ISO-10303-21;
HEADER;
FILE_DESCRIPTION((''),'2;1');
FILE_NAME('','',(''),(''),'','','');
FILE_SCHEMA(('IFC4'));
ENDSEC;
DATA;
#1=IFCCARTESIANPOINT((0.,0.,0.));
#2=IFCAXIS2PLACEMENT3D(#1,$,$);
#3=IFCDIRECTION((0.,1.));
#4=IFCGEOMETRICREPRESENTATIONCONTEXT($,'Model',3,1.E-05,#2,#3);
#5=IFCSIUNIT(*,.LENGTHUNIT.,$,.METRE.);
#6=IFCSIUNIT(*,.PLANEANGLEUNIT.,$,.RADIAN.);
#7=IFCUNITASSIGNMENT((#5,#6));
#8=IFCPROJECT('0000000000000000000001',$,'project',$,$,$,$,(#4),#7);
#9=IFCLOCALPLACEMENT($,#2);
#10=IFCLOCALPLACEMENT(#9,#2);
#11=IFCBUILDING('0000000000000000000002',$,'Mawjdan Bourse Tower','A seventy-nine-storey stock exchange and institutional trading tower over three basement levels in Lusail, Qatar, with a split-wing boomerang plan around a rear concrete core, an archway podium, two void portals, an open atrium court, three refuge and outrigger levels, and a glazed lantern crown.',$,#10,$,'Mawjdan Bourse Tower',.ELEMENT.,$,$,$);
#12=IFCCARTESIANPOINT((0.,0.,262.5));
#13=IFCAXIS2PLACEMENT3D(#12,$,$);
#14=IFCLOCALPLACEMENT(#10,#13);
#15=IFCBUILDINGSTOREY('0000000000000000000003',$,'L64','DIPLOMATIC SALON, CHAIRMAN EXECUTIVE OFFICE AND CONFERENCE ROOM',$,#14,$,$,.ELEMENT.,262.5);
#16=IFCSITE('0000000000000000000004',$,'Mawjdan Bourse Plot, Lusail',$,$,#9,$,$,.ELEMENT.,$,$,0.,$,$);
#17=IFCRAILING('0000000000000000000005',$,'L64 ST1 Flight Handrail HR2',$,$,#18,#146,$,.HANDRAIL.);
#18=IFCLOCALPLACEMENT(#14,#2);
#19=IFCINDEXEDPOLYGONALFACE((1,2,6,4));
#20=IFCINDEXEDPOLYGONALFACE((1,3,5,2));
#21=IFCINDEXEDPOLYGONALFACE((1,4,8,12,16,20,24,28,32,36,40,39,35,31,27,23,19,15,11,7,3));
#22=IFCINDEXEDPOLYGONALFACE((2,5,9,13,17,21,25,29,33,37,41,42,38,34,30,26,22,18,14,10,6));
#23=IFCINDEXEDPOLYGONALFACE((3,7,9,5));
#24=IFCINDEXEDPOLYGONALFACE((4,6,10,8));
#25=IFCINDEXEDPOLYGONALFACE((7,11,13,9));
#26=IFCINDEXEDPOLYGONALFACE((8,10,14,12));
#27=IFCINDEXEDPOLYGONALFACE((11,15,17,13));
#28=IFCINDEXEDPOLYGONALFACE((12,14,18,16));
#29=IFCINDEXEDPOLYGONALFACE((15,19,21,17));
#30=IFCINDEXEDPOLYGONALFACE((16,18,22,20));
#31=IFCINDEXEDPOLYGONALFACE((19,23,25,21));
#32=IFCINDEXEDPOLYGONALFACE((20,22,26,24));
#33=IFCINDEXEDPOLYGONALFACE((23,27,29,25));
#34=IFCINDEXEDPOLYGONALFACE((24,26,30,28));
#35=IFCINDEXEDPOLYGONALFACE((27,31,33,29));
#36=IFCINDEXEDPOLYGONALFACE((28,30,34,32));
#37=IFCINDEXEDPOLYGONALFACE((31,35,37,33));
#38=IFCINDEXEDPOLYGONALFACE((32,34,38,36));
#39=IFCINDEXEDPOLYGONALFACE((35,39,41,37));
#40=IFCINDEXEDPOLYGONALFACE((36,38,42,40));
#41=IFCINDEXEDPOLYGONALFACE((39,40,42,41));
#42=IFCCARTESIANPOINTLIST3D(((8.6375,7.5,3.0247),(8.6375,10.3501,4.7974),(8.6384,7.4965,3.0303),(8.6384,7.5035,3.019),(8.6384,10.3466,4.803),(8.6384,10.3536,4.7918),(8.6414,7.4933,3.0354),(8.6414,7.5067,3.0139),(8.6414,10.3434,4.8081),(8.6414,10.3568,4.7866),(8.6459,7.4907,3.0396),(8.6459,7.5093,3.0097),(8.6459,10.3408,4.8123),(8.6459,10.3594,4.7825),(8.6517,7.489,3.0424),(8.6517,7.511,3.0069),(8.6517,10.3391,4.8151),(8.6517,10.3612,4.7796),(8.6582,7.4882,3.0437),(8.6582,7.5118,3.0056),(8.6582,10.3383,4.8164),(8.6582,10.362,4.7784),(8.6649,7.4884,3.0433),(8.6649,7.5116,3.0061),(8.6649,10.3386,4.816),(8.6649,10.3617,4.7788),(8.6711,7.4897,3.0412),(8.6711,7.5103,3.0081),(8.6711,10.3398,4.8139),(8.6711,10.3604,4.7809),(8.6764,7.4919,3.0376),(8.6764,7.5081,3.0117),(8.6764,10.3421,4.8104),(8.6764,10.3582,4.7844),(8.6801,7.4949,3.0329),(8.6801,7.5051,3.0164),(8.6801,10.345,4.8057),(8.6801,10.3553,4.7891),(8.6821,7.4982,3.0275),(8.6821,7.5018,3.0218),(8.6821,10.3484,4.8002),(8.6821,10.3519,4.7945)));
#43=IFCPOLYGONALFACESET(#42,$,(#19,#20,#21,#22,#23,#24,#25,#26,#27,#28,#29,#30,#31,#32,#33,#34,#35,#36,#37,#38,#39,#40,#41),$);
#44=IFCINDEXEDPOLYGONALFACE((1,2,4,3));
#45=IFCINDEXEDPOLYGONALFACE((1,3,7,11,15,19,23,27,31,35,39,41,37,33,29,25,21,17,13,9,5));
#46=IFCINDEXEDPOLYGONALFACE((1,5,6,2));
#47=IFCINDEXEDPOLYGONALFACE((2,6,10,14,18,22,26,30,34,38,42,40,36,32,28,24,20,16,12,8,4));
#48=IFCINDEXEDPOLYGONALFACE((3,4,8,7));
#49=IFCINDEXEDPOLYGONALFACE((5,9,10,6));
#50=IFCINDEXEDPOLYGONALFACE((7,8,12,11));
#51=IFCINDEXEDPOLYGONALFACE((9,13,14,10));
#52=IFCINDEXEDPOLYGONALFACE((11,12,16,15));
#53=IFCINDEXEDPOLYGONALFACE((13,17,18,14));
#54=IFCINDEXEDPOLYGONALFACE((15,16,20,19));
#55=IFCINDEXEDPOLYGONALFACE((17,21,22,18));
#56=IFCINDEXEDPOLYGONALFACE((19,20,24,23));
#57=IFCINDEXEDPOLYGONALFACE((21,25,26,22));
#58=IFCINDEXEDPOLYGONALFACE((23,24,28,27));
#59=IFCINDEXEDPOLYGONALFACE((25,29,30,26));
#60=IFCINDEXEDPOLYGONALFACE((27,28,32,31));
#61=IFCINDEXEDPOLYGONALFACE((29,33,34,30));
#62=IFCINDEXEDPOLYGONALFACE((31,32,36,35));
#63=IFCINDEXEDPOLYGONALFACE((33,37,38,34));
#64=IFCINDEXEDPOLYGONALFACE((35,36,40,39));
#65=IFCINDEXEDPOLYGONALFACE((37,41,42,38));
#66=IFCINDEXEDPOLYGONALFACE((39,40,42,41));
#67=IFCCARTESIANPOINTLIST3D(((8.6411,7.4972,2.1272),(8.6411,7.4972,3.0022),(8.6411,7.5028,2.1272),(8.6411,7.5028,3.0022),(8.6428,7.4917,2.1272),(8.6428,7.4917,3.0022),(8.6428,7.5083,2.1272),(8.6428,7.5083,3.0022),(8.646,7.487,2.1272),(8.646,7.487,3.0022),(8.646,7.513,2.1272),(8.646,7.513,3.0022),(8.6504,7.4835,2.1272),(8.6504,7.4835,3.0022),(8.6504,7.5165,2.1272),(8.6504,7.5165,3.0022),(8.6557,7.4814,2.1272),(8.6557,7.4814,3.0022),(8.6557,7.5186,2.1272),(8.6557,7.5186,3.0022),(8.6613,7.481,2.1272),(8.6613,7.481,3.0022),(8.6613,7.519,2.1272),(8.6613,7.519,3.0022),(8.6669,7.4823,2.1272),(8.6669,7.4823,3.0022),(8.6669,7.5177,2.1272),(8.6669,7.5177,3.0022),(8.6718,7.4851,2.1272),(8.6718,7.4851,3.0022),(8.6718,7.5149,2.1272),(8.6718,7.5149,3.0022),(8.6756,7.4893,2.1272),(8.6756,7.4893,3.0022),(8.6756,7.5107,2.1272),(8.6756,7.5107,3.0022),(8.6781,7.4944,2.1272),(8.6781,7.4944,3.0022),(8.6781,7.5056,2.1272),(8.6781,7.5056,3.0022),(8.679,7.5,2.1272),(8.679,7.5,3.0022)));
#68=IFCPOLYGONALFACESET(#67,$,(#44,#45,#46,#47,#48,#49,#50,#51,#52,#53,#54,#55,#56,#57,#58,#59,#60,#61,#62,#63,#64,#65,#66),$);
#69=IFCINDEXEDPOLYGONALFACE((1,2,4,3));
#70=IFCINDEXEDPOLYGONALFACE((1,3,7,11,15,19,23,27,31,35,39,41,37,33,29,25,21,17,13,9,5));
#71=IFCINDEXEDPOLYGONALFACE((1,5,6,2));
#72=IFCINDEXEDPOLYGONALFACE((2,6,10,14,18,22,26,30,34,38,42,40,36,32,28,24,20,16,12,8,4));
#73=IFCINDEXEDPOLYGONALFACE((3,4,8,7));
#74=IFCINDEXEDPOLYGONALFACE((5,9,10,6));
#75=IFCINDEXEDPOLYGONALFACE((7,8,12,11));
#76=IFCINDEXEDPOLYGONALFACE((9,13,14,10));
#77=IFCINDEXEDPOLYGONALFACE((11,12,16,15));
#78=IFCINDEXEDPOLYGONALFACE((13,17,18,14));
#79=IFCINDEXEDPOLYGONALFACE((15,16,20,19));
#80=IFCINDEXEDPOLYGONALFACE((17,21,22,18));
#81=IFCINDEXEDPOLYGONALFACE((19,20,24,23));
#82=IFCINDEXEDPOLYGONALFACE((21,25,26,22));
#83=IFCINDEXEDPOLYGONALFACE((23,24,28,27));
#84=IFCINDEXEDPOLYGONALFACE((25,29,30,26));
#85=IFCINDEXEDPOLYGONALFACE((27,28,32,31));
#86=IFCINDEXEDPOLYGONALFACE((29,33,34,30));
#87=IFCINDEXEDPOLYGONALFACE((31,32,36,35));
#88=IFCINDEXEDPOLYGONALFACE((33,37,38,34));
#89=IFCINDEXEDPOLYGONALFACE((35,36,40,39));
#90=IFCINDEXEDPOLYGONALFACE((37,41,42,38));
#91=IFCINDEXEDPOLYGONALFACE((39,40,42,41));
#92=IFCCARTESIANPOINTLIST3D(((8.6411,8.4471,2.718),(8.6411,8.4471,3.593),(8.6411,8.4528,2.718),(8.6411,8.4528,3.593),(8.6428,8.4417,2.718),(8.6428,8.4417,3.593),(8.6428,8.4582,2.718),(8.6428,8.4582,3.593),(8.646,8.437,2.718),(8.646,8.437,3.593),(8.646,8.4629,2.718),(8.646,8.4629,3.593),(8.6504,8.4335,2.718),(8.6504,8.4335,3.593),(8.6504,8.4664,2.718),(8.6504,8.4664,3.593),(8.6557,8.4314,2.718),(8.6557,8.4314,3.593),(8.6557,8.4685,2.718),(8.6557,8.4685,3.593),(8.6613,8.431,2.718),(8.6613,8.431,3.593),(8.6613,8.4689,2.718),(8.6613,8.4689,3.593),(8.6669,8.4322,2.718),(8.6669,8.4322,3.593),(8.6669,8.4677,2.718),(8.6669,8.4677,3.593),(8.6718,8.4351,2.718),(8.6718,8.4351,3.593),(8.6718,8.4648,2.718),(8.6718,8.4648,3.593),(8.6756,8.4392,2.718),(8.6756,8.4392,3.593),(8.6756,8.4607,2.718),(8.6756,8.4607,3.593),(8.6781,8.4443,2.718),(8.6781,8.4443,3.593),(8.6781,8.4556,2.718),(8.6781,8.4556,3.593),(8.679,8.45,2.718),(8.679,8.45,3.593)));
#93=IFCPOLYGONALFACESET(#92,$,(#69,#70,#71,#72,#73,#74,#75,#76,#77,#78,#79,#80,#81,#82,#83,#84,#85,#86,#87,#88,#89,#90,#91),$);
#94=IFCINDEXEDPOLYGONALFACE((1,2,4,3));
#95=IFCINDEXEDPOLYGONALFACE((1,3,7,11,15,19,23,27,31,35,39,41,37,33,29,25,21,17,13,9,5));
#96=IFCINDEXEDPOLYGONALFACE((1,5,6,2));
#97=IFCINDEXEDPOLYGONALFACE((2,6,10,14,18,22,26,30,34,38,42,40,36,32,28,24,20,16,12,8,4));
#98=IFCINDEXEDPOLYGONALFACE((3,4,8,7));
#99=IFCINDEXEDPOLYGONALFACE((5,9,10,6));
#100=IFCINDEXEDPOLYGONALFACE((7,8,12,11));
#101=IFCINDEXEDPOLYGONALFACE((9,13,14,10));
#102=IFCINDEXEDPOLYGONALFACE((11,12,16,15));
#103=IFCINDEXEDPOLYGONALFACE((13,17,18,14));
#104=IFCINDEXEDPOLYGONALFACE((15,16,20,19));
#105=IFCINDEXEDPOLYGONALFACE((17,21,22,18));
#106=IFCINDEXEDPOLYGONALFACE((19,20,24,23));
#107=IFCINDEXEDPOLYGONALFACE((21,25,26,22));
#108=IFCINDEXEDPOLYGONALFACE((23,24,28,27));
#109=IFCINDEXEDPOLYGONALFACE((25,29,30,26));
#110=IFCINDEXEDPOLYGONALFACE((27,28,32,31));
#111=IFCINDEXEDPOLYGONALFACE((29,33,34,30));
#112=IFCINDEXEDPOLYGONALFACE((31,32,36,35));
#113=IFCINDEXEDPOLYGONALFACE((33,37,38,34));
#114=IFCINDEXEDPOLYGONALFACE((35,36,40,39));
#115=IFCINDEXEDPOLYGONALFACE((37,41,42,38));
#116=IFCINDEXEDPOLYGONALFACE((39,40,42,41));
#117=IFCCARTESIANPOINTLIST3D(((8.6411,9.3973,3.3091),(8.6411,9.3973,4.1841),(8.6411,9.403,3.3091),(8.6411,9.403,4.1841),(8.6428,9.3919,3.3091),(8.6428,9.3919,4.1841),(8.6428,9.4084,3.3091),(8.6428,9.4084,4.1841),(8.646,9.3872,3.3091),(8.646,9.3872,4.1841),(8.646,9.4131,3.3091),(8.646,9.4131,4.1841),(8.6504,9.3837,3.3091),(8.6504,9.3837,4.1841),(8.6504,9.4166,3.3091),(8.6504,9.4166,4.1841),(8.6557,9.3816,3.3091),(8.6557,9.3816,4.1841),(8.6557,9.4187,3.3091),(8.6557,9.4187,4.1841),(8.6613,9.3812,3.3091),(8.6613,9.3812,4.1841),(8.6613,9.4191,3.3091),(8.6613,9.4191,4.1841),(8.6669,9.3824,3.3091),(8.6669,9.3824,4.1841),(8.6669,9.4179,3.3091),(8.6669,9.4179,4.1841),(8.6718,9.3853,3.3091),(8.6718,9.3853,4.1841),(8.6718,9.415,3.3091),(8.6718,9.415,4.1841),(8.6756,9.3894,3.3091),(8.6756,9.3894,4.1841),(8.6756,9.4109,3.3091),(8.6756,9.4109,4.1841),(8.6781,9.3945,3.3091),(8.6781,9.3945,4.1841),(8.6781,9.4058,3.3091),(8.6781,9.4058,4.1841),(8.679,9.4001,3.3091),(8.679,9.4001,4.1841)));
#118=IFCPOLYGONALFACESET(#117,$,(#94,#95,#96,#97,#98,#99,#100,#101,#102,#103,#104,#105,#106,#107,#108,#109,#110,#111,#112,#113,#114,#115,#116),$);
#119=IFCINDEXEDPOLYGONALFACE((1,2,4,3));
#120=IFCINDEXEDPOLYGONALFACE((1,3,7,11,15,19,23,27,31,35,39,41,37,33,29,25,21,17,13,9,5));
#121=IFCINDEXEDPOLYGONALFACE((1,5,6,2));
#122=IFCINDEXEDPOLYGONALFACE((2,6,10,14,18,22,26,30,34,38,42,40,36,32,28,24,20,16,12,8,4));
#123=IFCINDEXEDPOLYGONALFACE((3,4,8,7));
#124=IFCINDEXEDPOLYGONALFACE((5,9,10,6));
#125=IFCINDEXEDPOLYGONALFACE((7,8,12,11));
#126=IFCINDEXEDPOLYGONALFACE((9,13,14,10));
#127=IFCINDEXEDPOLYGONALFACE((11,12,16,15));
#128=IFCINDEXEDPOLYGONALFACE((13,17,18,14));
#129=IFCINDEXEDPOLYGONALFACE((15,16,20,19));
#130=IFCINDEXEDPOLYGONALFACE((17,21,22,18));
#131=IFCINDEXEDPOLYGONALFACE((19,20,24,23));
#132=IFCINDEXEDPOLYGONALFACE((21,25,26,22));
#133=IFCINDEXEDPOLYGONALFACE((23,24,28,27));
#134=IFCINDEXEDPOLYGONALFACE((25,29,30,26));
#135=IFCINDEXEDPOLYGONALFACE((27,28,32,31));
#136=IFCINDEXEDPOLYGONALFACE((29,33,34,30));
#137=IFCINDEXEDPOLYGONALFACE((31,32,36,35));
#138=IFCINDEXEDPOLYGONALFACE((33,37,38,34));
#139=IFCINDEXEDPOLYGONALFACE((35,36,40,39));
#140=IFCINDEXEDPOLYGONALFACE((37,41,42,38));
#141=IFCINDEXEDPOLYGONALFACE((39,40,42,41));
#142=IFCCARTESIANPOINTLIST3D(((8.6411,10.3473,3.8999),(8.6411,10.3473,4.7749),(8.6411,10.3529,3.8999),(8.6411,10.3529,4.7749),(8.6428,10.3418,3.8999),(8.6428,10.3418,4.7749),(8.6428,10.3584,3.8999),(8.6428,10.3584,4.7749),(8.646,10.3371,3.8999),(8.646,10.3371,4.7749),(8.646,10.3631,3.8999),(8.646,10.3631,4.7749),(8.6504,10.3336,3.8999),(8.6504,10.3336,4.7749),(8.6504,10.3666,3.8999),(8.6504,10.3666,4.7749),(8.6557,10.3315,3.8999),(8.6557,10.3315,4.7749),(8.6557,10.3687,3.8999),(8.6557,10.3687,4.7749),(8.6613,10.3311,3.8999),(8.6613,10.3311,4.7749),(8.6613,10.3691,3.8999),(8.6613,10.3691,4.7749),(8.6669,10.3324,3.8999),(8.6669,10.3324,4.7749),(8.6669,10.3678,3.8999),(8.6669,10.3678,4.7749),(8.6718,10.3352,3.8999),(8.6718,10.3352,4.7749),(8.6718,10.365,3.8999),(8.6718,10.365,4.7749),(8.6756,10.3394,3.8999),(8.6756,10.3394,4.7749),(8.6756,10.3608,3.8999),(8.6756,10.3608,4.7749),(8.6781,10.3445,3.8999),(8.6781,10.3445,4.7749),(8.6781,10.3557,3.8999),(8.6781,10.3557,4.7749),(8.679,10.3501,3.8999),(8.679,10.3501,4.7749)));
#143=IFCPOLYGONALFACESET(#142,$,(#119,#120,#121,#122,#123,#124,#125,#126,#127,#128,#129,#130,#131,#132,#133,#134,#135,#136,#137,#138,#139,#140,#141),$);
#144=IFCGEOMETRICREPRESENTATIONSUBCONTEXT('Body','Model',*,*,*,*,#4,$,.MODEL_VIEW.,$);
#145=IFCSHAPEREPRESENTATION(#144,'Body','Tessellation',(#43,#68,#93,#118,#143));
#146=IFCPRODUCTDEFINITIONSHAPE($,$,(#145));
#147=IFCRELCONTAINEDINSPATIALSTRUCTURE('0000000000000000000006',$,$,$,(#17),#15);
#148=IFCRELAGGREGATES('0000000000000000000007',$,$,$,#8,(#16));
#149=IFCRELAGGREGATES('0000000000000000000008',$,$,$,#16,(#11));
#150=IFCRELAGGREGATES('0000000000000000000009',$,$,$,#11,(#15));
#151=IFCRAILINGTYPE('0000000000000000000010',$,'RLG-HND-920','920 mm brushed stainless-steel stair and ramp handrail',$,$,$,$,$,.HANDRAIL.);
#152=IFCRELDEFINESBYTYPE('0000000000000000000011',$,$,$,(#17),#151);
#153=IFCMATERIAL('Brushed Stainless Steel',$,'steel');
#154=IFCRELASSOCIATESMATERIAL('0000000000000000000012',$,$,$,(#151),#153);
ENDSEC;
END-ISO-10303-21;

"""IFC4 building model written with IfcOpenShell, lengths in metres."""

from ifc_helpers import new_model, si_unit, direction, frame, origin, origin_2d, place, context, subcontext, project, spatial, circle, extrude, material, type_object, element, save


model = new_model("IFC4")

# Units and contexts
model_context = context("Model", 3, precision=1e-05, world=origin(), true_north=direction((0.0, 1.0)))
body_context = subcontext(model_context, "Body", "Model", "MODEL_VIEW")
ifc_project = project(units=[si_unit("LENGTHUNIT", "METRE"), si_unit("PLANEANGLEUNIT", "RADIAN")], contexts=[model_context])

# Site, building, storey
site_placement = place(None, origin())
site = spatial("IfcSite", under=ifc_project, at=site_placement, Name="Mawjdan Bourse Plot, Lusail", CompositionType="ELEMENT", RefElevation=0.0)
building_placement = place(site_placement, origin())
building = spatial("IfcBuilding", under=site, at=building_placement, Name="Mawjdan Bourse Tower", Description="A seventy-nine-storey stock exchange and institutional trading tower over three basement levels in Lusail, Qatar, with a split-wing boomerang plan around a rear concrete core, an archway podium, two void portals, an open atrium court, three refuge and outrigger levels, and a glazed lantern crown.", LongName="Mawjdan Bourse Tower", CompositionType="ELEMENT")
storey_placement = place(building_placement, frame((0.0, 0.0, 262.5)))
storey = spatial("IfcBuildingStorey", under=building, at=storey_placement, Name="L64", Description="DIPLOMATIC SALON, CHAIRMAN EXECUTIVE OFFICE AND CONFERENCE ROOM", CompositionType="ELEMENT", Elevation=262.5)

# Railing
ifc_material_1 = material(Name="Brushed Stainless Steel", Category="steel")
railing_type = type_object("IfcRailingType", Name="RLG-HND-920", Description="920 mm brushed stainless-steel stair and ramp handrail", PredefinedType="HANDRAIL", material=ifc_material_1)
railing_placement = place(storey_placement, frame((8.6599, 7.5, 2.1272)))
element("IfcRailing", 1, at=railing_placement, inside=storey, type_object=railing_type, Name="L64 ST1 Flight Handrail HR2", PredefinedType="HANDRAIL", context=body_context, shape_type="SweptSolid", body=[
    extrude(circle(Radius=0.0225, at=origin_2d()), frame((0.0, 0.0, 0.8975), z_axis=(0.0, 0.849149, 0.528154), x_axis=(-1.0, 0.0, 0.0)), (0.0, 0.0, 1.0), 3.3564),
    extrude(circle(Radius=0.019, at=origin_2d()), origin(), (0.0, 0.0, 1.0), 0.875),
    extrude(circle(Radius=0.019, at=origin_2d()), frame((0.0, 0.95, 0.5908)), (0.0, 0.0, 1.0), 0.875),
    extrude(circle(Radius=0.019, at=origin_2d()), frame((0.0, 1.9001, 1.1819)), (0.0, 0.0, 1.0), 0.875),
    extrude(circle(Radius=0.019, at=origin_2d()), frame((0.0, 2.8501, 1.7727)), (0.0, 0.0, 1.0), 0.875),
])

save(model, "model.ifc")
